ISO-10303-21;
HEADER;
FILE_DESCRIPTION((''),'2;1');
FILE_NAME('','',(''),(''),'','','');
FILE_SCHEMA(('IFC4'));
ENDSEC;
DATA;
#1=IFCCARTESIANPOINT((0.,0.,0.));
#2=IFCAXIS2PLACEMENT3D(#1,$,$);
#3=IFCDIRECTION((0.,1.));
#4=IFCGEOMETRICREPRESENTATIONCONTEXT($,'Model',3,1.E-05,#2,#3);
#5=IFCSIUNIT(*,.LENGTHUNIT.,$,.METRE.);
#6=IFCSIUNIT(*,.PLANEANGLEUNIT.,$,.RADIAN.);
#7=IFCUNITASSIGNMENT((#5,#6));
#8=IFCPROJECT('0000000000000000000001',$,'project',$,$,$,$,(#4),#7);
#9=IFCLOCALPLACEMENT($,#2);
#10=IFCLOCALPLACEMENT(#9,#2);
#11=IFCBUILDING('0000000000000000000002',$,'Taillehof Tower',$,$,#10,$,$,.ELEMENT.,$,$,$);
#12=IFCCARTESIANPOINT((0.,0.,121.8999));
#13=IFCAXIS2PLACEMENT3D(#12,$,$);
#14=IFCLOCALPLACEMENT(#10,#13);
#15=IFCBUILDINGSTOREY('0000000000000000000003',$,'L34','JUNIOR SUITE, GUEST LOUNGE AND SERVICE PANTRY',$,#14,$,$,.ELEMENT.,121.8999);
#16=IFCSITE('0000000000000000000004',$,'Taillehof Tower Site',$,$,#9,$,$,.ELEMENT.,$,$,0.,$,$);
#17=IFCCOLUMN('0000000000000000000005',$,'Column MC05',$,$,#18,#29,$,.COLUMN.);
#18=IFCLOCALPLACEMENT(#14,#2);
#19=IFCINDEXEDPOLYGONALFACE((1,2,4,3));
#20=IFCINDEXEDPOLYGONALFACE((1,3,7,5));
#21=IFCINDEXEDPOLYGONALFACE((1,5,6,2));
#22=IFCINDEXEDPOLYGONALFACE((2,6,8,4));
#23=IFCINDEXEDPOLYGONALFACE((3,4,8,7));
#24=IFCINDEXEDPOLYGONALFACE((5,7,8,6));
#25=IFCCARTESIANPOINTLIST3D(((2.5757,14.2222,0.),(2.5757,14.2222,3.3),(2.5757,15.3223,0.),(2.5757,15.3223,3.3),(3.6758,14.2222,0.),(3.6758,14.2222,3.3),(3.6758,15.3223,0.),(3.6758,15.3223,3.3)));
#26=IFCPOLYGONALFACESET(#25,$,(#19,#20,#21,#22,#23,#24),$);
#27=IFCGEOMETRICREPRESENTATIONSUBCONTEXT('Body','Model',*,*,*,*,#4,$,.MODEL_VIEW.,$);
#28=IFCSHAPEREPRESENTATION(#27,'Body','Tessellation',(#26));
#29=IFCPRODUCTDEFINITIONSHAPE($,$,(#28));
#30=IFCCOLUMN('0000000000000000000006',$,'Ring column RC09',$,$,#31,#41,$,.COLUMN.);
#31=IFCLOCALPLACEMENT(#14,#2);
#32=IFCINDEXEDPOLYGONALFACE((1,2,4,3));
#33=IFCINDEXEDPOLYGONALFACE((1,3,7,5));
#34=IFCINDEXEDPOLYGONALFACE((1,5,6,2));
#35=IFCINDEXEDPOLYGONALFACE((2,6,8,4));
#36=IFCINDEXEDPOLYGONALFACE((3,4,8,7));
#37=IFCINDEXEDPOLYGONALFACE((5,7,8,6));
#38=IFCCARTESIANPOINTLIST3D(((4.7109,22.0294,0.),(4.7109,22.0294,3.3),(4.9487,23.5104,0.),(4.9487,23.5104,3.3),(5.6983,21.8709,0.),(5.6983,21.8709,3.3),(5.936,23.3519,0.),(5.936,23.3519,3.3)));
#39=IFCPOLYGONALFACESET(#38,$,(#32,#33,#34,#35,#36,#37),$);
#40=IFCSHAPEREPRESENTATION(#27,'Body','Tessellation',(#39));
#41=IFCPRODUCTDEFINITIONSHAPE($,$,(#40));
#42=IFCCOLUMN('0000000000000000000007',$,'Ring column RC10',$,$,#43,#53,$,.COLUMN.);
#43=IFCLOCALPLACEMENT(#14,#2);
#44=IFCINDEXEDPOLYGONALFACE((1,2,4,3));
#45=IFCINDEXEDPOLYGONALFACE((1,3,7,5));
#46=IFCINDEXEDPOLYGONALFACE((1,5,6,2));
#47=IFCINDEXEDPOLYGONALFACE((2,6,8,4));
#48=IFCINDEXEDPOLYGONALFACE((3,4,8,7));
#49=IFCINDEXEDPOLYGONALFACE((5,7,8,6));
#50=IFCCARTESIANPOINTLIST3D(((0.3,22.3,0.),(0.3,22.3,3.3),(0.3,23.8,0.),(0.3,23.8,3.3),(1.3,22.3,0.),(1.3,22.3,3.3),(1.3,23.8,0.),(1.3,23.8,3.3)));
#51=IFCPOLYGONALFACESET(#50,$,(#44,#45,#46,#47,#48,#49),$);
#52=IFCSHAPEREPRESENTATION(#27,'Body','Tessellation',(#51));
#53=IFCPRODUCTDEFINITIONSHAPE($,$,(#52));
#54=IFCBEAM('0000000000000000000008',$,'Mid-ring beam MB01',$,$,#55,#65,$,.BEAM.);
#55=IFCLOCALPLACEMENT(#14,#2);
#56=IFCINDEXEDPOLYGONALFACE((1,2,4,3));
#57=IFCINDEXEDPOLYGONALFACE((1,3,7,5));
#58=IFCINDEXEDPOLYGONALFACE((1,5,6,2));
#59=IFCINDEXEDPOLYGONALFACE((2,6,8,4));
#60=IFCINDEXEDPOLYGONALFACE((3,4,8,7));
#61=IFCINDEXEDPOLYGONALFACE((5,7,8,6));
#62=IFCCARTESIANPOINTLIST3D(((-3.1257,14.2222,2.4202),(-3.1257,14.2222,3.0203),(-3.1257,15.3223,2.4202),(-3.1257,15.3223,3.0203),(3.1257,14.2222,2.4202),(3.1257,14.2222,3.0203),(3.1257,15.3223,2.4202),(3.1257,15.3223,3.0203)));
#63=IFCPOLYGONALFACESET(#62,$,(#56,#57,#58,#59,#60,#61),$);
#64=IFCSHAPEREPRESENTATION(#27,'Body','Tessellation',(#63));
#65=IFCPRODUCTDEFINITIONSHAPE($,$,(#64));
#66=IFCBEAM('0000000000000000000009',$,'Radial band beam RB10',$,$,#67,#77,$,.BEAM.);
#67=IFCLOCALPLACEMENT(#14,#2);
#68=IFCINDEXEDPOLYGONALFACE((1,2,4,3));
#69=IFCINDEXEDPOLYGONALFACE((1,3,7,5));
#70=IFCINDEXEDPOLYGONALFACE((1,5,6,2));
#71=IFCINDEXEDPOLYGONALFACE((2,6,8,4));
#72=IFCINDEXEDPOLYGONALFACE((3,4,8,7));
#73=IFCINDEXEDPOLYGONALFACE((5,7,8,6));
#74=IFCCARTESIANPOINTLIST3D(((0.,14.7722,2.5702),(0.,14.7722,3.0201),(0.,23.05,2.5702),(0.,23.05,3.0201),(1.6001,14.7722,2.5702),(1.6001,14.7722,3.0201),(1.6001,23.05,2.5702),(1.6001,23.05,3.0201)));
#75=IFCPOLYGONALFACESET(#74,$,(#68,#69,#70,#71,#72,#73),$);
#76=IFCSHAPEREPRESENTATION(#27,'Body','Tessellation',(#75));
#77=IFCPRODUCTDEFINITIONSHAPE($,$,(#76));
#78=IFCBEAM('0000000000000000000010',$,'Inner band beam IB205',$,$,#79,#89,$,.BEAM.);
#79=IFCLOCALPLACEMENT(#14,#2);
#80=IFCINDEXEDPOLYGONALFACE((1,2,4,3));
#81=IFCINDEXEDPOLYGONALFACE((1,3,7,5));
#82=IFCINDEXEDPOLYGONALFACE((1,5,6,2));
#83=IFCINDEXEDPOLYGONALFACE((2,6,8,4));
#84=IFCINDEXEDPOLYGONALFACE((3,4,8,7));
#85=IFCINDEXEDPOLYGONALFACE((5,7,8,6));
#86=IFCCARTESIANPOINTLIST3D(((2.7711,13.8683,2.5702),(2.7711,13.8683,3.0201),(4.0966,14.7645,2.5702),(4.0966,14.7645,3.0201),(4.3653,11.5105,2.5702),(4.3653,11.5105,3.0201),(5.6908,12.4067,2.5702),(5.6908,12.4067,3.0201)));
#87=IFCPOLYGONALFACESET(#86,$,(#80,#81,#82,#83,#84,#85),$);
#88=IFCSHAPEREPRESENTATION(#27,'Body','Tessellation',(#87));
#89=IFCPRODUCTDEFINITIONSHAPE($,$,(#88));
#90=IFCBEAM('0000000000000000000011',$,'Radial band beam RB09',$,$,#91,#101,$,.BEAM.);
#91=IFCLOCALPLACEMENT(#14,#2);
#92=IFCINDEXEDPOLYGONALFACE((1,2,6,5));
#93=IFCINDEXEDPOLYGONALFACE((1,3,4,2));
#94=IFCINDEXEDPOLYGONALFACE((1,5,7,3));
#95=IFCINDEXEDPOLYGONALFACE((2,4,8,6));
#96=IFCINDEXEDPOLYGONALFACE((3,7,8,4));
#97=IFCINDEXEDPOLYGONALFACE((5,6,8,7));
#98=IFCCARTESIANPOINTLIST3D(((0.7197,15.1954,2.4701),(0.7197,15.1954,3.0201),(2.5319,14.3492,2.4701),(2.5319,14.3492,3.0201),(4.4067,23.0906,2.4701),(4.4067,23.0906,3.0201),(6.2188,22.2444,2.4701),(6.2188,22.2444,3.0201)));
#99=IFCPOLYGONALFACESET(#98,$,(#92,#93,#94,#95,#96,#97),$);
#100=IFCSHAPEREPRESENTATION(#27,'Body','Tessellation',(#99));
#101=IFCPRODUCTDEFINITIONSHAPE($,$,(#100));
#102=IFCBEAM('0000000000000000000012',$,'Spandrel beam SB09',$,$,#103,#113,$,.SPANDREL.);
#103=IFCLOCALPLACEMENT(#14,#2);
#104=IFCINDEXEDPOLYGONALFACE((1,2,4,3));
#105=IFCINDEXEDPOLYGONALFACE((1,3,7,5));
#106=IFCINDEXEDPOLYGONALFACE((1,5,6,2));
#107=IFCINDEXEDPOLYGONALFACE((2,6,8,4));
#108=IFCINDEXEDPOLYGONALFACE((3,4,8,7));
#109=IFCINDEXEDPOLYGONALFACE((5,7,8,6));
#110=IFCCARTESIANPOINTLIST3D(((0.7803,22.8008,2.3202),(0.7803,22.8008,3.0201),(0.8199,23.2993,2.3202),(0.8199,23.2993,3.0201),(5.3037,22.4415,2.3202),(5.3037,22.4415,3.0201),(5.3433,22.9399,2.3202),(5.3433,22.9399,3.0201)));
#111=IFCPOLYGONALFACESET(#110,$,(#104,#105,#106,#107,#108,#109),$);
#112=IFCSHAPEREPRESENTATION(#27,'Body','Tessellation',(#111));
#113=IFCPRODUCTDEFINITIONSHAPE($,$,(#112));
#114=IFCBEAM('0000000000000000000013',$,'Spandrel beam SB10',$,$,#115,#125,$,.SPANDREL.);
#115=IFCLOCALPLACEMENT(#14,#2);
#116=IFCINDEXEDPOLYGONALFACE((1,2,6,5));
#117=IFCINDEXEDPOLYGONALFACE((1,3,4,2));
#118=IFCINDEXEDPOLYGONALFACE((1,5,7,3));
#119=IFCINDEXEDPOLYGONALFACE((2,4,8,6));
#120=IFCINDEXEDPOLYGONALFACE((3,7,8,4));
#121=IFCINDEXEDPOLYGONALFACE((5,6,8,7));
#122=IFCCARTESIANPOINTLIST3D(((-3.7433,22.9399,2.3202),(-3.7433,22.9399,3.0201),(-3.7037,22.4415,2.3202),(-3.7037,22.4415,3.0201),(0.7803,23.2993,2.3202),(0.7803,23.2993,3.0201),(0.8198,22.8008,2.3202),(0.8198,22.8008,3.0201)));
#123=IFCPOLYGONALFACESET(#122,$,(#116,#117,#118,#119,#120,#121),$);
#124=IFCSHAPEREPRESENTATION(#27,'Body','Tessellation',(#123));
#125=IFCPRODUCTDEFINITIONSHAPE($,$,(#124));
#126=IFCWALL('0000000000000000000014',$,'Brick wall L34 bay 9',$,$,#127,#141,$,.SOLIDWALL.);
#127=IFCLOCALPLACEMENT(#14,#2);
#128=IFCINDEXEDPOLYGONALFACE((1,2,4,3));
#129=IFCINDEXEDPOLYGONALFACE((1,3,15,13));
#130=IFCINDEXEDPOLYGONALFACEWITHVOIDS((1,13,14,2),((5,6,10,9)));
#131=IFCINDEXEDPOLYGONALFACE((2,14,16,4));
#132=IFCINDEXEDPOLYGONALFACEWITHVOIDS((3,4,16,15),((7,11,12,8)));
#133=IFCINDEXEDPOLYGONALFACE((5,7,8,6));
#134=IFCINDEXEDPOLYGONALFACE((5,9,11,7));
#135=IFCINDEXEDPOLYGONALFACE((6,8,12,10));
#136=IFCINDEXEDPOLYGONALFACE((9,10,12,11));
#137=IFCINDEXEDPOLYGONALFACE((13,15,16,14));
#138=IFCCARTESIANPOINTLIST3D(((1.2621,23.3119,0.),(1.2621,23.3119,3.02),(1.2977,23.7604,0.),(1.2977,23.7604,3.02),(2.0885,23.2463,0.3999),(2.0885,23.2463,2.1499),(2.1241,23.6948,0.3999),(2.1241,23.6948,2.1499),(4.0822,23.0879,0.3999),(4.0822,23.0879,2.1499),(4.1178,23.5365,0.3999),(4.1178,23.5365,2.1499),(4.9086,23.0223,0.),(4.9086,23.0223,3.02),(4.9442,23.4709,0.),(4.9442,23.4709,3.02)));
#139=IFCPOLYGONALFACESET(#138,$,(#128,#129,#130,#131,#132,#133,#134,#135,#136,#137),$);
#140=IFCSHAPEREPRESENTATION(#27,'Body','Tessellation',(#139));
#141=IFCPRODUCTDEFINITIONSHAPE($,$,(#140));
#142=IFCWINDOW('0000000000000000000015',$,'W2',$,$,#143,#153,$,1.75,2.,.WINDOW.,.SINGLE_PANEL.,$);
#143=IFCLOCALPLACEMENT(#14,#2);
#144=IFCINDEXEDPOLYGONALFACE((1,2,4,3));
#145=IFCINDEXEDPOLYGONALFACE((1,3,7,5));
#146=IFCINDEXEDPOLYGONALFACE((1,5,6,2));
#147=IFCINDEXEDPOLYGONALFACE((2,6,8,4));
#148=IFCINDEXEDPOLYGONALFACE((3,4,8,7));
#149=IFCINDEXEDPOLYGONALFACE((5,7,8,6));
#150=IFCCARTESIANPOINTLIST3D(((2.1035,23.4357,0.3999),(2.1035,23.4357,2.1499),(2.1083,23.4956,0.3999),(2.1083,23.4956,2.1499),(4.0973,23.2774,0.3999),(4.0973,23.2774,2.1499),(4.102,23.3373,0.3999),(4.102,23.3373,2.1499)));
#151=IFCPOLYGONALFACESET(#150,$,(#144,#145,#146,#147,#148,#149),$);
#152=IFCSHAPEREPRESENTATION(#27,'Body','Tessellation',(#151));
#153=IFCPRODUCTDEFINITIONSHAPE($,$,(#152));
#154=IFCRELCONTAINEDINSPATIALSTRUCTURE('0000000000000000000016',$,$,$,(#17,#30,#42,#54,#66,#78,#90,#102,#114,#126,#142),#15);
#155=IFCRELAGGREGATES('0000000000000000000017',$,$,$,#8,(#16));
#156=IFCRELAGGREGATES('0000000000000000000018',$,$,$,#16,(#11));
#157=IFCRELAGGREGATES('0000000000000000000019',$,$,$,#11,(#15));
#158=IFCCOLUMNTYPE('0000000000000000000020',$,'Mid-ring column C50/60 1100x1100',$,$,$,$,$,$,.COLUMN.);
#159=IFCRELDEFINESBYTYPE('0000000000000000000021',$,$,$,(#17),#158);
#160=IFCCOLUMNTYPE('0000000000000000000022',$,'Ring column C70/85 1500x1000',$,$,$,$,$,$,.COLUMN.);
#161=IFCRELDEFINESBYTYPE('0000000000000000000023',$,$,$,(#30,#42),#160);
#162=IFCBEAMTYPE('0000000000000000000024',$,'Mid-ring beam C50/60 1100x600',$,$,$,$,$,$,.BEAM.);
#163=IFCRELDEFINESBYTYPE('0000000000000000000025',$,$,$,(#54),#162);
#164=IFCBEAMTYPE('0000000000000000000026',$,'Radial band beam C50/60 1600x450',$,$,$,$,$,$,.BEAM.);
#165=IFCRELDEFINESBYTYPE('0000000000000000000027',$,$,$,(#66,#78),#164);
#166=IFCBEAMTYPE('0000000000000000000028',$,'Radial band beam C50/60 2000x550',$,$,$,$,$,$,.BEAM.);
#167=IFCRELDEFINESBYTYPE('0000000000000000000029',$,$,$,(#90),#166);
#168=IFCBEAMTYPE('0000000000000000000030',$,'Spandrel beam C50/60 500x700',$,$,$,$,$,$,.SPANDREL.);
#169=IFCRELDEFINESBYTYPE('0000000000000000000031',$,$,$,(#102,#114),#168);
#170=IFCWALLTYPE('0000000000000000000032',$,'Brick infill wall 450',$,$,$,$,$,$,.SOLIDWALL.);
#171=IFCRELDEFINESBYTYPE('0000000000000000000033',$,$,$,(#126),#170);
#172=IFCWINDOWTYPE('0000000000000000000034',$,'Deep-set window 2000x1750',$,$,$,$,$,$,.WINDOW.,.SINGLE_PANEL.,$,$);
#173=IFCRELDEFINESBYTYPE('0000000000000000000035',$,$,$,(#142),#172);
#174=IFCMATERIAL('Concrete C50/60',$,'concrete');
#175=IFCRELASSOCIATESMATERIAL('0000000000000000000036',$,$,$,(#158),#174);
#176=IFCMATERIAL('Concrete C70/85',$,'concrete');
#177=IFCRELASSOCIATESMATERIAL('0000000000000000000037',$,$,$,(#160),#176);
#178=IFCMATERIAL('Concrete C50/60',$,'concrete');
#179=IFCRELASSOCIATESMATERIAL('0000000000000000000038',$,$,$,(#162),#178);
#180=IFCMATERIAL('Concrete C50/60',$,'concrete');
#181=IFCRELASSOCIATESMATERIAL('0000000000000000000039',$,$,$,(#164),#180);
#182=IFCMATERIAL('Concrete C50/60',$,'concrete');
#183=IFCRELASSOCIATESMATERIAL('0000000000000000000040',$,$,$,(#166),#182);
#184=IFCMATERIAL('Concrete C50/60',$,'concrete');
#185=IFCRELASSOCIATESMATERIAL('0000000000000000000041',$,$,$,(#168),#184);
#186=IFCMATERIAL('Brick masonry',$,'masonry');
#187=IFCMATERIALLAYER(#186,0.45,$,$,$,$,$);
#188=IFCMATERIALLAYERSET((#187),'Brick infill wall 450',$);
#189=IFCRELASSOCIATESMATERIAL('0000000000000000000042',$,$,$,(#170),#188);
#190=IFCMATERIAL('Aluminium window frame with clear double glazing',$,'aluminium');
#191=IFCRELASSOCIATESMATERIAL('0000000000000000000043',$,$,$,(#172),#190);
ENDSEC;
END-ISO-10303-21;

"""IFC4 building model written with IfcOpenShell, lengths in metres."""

from ifc_helpers import new_model, si_unit, direction, frame, frame_2d, origin, origin_2d, place, context, subcontext, project, spatial, rectangle, extrude, material, layer, layer_set, material_profile, profile_set, type_object, element, fill, save


model = new_model("IFC4")

# Units and contexts
model_context = context("Model", 3, precision=1e-05, world=origin(), true_north=direction((0.0, 1.0)))
body_context = subcontext(model_context, "Body", "Model", "MODEL_VIEW")
ifc_project = project(units=[si_unit("LENGTHUNIT", "METRE"), si_unit("PLANEANGLEUNIT", "RADIAN")], contexts=[model_context])

# Site, building, storey
site_placement = place(None, origin())
site = spatial("IfcSite", under=ifc_project, at=site_placement, Name="Taillehof Tower Site", CompositionType="ELEMENT", RefElevation=0.0)
building_placement = place(site_placement, origin())
building = spatial("IfcBuilding", under=site, at=building_placement, Name="Taillehof Tower", CompositionType="ELEMENT")
storey_placement = place(building_placement, frame((0.0, 0.0, 121.8999)))
storey = spatial("IfcBuildingStorey", under=building, at=storey_placement, Name="L34", Description="JUNIOR SUITE, GUEST LOUNGE AND SERVICE PANTRY", CompositionType="ELEMENT", Elevation=121.8999)

# Columns
ifc_material_1 = material(Name="Concrete C50/60", Category="concrete")
ifc_material_profile_1 = material_profile(ifc_material_1, rectangle(XDim=1.1001, YDim=1.1001, at=origin_2d()), Name="RC 1100x1100")
ifc_profile_set_1 = profile_set([ifc_material_profile_1], Name="Concrete C50/60")
column_type_1 = type_object("IfcColumnType", Name="Mid-ring column C50/60 1100x1100", PredefinedType="COLUMN", material=ifc_profile_set_1)
column_placement = place(storey_placement, frame((3.1257, 14.7722, 0.0), z_axis=(0.0, 0.0, 1.0), x_axis=(1.0, 0.0, 0.0)))
element("IfcColumn", 1, at=column_placement, inside=storey, type_object=column_type_1, Name="Column MC05", PredefinedType="COLUMN", context=body_context, shape_type="SweptSolid", body=[
    extrude(rectangle(XDim=1.1001, YDim=1.1001, at=origin_2d()), origin(), (0.0, 0.0, 1.0), 3.3),
])
ifc_material_2 = material(Name="Concrete C70/85", Category="concrete")
ifc_material_profile_2 = material_profile(ifc_material_2, rectangle(XDim=1.5, YDim=1.0, at=origin_2d()), Name="RC 1500x1000")
ifc_profile_set_2 = profile_set([ifc_material_profile_2], Name="Concrete C70/85")
column_type_2 = type_object("IfcColumnType", Name="Ring column C70/85 1500x1000", PredefinedType="COLUMN", material=ifc_profile_set_2)
for number, where, z_axis, x_axis, name in (
    (2, (5.3235, 22.6907, 0.0), (0.0, 0.0, 1.0), (0.158507, 0.987358, 0.0), "Ring column RC09"),
    (3, (0.8, 23.05, 0.0), (0.0, 0.0, 1.0), (0.0, 1.0, 0.0), "Ring column RC10"),
):
    element("IfcColumn", number, at=place(storey_placement, frame(where, z_axis=z_axis, x_axis=x_axis)), inside=storey, type_object=column_type_2, Name=name, PredefinedType="COLUMN", context=body_context, shape_type="SweptSolid", body=[
        extrude(rectangle(XDim=1.5, YDim=1.0, at=origin_2d()), origin(), (0.0, 0.0, 1.0), 3.3),
    ])

# Beams
ifc_material_3 = material(Name="Concrete C50/60", Category="concrete")
ifc_material_profile_3 = material_profile(ifc_material_3, rectangle(XDim=1.1001, YDim=0.6001, at=origin_2d()), Name="RC 1100x600")
ifc_profile_set_3 = profile_set([ifc_material_profile_3], Name="Concrete C50/60")
beam_type_1 = type_object("IfcBeamType", Name="Mid-ring beam C50/60 1100x600", PredefinedType="BEAM", material=ifc_profile_set_3)
beam_1_placement = place(storey_placement, frame((3.1257, 14.7722, 2.7202), z_axis=(-1.0, 0.0, 0.0), x_axis=(0.0, -1.0, 0.0)))
element("IfcBeam", 4, at=beam_1_placement, inside=storey, type_object=beam_type_1, Name="Mid-ring beam MB01", PredefinedType="BEAM", context=body_context, shape_type="SweptSolid", body=[
    extrude(rectangle(XDim=1.1001, YDim=0.6001, at=origin_2d()), origin(), (0.0, 0.0, 1.0), 6.2515),
])
ifc_material_4 = material(Name="Concrete C50/60", Category="concrete")
ifc_material_profile_4 = material_profile(ifc_material_4, rectangle(XDim=1.6001, YDim=0.45, at=origin_2d()), Name="RC 1600x450")
ifc_profile_set_4 = profile_set([ifc_material_profile_4], Name="Concrete C50/60")
beam_type_2 = type_object("IfcBeamType", Name="Radial band beam C50/60 1600x450", PredefinedType="BEAM", material=ifc_profile_set_4)
beam_2_placement = place(storey_placement, frame((0.8, 23.05, 2.7952), z_axis=(0.0, -1.0, 0.0), x_axis=(1.0, 0.0, 0.0)))
element("IfcBeam", 5, at=beam_2_placement, inside=storey, type_object=beam_type_2, Name="Radial band beam RB10", PredefinedType="BEAM", context=body_context, shape_type="SweptSolid", body=[
    extrude(rectangle(XDim=1.6001, YDim=0.45, at=origin_2d()), origin(), (0.0, 0.0, 1.0), 8.2778),
])
beam_3_placement = place(storey_placement, frame((3.4338, 14.3164, 2.7952), z_axis=(0.560112, -0.828417, 0.0), x_axis=(0.828417, 0.560112, 0.0)))
element("IfcBeam", 6, at=beam_3_placement, inside=storey, type_object=beam_type_2, Name="Inner band beam IB205", PredefinedType="BEAM", context=body_context, shape_type="SweptSolid", body=[
    extrude(rectangle(XDim=1.6001, YDim=0.45, at=origin_2d()), origin(), (0.0, 0.0, 1.0), 2.8462),
])
ifc_material_5 = material(Name="Concrete C50/60", Category="concrete")
ifc_material_profile_5 = material_profile(ifc_material_5, rectangle(XDim=2.0, YDim=0.55, at=origin_2d()), Name="RC 2000x550")
ifc_profile_set_5 = profile_set([ifc_material_profile_5], Name="Concrete C50/60")
beam_type_3 = type_object("IfcBeamType", Name="Radial band beam C50/60 2000x550", PredefinedType="BEAM", material=ifc_profile_set_5)
beam_4_placement = place(storey_placement, frame((5.3127, 22.6675, 2.7451), z_axis=(-0.423126, -0.906071, 0.0), x_axis=(0.906071, -0.423126, 0.0)))
element("IfcBeam", 7, at=beam_4_placement, inside=storey, type_object=beam_type_3, Name="Radial band beam RB09", PredefinedType="BEAM", context=body_context, shape_type="SweptSolid", body=[
    extrude(rectangle(XDim=2.0, YDim=0.55, at=origin_2d()), origin(), (0.0, 0.0, 1.0), 8.7136),
])
ifc_material_6 = material(Name="Concrete C50/60", Category="concrete")
ifc_material_profile_6 = material_profile(ifc_material_6, rectangle(XDim=0.5, YDim=0.7, at=origin_2d()), Name="RC 500x700")
ifc_profile_set_6 = profile_set([ifc_material_profile_6], Name="Concrete C50/60")
beam_type_4 = type_object("IfcBeamType", Name="Spandrel beam C50/60 500x700", PredefinedType="SPANDREL", material=ifc_profile_set_6)
beam_5_placement = place(storey_placement, frame((5.3235, 22.6907, 2.6702), z_axis=(-0.996859, 0.079198, 0.0), x_axis=(-0.079198, -0.996859, 0.0)))
element("IfcBeam", 8, at=beam_5_placement, inside=storey, type_object=beam_type_4, Name="Spandrel beam SB09", PredefinedType="SPANDREL", context=body_context, shape_type="SweptSolid", body=[
    extrude(rectangle(XDim=0.5, YDim=0.7, at=origin_2d()), origin(), (0.0, 0.0, 1.0), 4.5376),
])
beam_6_placement = place(storey_placement, frame((0.8, 23.05, 2.6702), z_axis=(-0.996859, -0.079194, 0.0), x_axis=(0.079194, -0.996859, 0.0)))
element("IfcBeam", 9, at=beam_6_placement, inside=storey, type_object=beam_type_4, Name="Spandrel beam SB10", PredefinedType="SPANDREL", context=body_context, shape_type="SweptSolid", body=[
    extrude(rectangle(XDim=0.5, YDim=0.7, at=origin_2d()), origin(), (0.0, 0.0, 1.0), 4.5378),
])

# Wall, opening, window
ifc_material_7 = material(Name="Brick masonry", Category="masonry")
ifc_layer_1 = layer(ifc_material_7, 0.45)
ifc_layer_set_1 = layer_set([ifc_layer_1], Name="Brick infill wall 450")
wall_type_1 = type_object("IfcWallType", Name="Brick infill wall 450", PredefinedType="SOLIDWALL", material=ifc_layer_set_1)
wall_1_placement = place(storey_placement, frame((4.9265, 23.2466, 0.0), z_axis=(0.0, 0.0, 1.0), x_axis=(-0.996862, 0.079156, 0.0)))
wall_1 = element("IfcWall", 10, at=wall_1_placement, inside=storey, type_object=wall_type_1, Name="Brick wall L34 bay 9", PredefinedType="SOLIDWALL", context=body_context, shape_type="SweptSolid", body=[
    extrude(rectangle(XDim=3.658, YDim=0.45, at=frame_2d((1.8291, 0.0))), origin(), (0.0, 0.0, 1.0), 3.02),
])
opening_1_placement = place(wall_1_placement, frame((0.8291, 0.0, 0.3999)))
opening_1 = element("IfcOpeningElement", 11, at=opening_1_placement, cuts=wall_1, PredefinedType="OPENING", context=body_context, shape_type="SweptSolid", body=[
    extrude(rectangle(XDim=2.0, YDim=1.75, at=frame_2d((1.0, 0.875))), frame((0.0, 0.2349, 0.0), z_axis=(0.0, -1.0, 0.0), x_axis=(1.0, 0.0, 0.0)), (0.0, 0.0, 1.0), 0.47),
])
ifc_material_8 = material(Name="Aluminium window frame with clear double glazing", Category="aluminium")
window_type = type_object("IfcWindowType", Name="Deep-set window 2000x1750", PartitioningType="SINGLE_PANEL", PredefinedType="WINDOW", material=ifc_material_8)
window_1_placement = place(opening_1_placement, origin())
window_1 = element("IfcWindow", 12, at=window_1_placement, inside=storey, type_object=window_type, Name="W2", OverallHeight=1.75, OverallWidth=2.0, PartitioningType="SINGLE_PANEL", PredefinedType="WINDOW", context=body_context, shape_type="SweptSolid", body=[
    extrude(rectangle(XDim=2.0, YDim=1.75, at=frame_2d((1.0, 0.875))), frame((0.0, 0.0349, 0.0), z_axis=(0.0, -1.0, 0.0), x_axis=(1.0, 0.0, 0.0)), (0.0, 0.0, 1.0), 0.0601),
])
fill(opening_1, window_1)

save(model, "model.ifc")
